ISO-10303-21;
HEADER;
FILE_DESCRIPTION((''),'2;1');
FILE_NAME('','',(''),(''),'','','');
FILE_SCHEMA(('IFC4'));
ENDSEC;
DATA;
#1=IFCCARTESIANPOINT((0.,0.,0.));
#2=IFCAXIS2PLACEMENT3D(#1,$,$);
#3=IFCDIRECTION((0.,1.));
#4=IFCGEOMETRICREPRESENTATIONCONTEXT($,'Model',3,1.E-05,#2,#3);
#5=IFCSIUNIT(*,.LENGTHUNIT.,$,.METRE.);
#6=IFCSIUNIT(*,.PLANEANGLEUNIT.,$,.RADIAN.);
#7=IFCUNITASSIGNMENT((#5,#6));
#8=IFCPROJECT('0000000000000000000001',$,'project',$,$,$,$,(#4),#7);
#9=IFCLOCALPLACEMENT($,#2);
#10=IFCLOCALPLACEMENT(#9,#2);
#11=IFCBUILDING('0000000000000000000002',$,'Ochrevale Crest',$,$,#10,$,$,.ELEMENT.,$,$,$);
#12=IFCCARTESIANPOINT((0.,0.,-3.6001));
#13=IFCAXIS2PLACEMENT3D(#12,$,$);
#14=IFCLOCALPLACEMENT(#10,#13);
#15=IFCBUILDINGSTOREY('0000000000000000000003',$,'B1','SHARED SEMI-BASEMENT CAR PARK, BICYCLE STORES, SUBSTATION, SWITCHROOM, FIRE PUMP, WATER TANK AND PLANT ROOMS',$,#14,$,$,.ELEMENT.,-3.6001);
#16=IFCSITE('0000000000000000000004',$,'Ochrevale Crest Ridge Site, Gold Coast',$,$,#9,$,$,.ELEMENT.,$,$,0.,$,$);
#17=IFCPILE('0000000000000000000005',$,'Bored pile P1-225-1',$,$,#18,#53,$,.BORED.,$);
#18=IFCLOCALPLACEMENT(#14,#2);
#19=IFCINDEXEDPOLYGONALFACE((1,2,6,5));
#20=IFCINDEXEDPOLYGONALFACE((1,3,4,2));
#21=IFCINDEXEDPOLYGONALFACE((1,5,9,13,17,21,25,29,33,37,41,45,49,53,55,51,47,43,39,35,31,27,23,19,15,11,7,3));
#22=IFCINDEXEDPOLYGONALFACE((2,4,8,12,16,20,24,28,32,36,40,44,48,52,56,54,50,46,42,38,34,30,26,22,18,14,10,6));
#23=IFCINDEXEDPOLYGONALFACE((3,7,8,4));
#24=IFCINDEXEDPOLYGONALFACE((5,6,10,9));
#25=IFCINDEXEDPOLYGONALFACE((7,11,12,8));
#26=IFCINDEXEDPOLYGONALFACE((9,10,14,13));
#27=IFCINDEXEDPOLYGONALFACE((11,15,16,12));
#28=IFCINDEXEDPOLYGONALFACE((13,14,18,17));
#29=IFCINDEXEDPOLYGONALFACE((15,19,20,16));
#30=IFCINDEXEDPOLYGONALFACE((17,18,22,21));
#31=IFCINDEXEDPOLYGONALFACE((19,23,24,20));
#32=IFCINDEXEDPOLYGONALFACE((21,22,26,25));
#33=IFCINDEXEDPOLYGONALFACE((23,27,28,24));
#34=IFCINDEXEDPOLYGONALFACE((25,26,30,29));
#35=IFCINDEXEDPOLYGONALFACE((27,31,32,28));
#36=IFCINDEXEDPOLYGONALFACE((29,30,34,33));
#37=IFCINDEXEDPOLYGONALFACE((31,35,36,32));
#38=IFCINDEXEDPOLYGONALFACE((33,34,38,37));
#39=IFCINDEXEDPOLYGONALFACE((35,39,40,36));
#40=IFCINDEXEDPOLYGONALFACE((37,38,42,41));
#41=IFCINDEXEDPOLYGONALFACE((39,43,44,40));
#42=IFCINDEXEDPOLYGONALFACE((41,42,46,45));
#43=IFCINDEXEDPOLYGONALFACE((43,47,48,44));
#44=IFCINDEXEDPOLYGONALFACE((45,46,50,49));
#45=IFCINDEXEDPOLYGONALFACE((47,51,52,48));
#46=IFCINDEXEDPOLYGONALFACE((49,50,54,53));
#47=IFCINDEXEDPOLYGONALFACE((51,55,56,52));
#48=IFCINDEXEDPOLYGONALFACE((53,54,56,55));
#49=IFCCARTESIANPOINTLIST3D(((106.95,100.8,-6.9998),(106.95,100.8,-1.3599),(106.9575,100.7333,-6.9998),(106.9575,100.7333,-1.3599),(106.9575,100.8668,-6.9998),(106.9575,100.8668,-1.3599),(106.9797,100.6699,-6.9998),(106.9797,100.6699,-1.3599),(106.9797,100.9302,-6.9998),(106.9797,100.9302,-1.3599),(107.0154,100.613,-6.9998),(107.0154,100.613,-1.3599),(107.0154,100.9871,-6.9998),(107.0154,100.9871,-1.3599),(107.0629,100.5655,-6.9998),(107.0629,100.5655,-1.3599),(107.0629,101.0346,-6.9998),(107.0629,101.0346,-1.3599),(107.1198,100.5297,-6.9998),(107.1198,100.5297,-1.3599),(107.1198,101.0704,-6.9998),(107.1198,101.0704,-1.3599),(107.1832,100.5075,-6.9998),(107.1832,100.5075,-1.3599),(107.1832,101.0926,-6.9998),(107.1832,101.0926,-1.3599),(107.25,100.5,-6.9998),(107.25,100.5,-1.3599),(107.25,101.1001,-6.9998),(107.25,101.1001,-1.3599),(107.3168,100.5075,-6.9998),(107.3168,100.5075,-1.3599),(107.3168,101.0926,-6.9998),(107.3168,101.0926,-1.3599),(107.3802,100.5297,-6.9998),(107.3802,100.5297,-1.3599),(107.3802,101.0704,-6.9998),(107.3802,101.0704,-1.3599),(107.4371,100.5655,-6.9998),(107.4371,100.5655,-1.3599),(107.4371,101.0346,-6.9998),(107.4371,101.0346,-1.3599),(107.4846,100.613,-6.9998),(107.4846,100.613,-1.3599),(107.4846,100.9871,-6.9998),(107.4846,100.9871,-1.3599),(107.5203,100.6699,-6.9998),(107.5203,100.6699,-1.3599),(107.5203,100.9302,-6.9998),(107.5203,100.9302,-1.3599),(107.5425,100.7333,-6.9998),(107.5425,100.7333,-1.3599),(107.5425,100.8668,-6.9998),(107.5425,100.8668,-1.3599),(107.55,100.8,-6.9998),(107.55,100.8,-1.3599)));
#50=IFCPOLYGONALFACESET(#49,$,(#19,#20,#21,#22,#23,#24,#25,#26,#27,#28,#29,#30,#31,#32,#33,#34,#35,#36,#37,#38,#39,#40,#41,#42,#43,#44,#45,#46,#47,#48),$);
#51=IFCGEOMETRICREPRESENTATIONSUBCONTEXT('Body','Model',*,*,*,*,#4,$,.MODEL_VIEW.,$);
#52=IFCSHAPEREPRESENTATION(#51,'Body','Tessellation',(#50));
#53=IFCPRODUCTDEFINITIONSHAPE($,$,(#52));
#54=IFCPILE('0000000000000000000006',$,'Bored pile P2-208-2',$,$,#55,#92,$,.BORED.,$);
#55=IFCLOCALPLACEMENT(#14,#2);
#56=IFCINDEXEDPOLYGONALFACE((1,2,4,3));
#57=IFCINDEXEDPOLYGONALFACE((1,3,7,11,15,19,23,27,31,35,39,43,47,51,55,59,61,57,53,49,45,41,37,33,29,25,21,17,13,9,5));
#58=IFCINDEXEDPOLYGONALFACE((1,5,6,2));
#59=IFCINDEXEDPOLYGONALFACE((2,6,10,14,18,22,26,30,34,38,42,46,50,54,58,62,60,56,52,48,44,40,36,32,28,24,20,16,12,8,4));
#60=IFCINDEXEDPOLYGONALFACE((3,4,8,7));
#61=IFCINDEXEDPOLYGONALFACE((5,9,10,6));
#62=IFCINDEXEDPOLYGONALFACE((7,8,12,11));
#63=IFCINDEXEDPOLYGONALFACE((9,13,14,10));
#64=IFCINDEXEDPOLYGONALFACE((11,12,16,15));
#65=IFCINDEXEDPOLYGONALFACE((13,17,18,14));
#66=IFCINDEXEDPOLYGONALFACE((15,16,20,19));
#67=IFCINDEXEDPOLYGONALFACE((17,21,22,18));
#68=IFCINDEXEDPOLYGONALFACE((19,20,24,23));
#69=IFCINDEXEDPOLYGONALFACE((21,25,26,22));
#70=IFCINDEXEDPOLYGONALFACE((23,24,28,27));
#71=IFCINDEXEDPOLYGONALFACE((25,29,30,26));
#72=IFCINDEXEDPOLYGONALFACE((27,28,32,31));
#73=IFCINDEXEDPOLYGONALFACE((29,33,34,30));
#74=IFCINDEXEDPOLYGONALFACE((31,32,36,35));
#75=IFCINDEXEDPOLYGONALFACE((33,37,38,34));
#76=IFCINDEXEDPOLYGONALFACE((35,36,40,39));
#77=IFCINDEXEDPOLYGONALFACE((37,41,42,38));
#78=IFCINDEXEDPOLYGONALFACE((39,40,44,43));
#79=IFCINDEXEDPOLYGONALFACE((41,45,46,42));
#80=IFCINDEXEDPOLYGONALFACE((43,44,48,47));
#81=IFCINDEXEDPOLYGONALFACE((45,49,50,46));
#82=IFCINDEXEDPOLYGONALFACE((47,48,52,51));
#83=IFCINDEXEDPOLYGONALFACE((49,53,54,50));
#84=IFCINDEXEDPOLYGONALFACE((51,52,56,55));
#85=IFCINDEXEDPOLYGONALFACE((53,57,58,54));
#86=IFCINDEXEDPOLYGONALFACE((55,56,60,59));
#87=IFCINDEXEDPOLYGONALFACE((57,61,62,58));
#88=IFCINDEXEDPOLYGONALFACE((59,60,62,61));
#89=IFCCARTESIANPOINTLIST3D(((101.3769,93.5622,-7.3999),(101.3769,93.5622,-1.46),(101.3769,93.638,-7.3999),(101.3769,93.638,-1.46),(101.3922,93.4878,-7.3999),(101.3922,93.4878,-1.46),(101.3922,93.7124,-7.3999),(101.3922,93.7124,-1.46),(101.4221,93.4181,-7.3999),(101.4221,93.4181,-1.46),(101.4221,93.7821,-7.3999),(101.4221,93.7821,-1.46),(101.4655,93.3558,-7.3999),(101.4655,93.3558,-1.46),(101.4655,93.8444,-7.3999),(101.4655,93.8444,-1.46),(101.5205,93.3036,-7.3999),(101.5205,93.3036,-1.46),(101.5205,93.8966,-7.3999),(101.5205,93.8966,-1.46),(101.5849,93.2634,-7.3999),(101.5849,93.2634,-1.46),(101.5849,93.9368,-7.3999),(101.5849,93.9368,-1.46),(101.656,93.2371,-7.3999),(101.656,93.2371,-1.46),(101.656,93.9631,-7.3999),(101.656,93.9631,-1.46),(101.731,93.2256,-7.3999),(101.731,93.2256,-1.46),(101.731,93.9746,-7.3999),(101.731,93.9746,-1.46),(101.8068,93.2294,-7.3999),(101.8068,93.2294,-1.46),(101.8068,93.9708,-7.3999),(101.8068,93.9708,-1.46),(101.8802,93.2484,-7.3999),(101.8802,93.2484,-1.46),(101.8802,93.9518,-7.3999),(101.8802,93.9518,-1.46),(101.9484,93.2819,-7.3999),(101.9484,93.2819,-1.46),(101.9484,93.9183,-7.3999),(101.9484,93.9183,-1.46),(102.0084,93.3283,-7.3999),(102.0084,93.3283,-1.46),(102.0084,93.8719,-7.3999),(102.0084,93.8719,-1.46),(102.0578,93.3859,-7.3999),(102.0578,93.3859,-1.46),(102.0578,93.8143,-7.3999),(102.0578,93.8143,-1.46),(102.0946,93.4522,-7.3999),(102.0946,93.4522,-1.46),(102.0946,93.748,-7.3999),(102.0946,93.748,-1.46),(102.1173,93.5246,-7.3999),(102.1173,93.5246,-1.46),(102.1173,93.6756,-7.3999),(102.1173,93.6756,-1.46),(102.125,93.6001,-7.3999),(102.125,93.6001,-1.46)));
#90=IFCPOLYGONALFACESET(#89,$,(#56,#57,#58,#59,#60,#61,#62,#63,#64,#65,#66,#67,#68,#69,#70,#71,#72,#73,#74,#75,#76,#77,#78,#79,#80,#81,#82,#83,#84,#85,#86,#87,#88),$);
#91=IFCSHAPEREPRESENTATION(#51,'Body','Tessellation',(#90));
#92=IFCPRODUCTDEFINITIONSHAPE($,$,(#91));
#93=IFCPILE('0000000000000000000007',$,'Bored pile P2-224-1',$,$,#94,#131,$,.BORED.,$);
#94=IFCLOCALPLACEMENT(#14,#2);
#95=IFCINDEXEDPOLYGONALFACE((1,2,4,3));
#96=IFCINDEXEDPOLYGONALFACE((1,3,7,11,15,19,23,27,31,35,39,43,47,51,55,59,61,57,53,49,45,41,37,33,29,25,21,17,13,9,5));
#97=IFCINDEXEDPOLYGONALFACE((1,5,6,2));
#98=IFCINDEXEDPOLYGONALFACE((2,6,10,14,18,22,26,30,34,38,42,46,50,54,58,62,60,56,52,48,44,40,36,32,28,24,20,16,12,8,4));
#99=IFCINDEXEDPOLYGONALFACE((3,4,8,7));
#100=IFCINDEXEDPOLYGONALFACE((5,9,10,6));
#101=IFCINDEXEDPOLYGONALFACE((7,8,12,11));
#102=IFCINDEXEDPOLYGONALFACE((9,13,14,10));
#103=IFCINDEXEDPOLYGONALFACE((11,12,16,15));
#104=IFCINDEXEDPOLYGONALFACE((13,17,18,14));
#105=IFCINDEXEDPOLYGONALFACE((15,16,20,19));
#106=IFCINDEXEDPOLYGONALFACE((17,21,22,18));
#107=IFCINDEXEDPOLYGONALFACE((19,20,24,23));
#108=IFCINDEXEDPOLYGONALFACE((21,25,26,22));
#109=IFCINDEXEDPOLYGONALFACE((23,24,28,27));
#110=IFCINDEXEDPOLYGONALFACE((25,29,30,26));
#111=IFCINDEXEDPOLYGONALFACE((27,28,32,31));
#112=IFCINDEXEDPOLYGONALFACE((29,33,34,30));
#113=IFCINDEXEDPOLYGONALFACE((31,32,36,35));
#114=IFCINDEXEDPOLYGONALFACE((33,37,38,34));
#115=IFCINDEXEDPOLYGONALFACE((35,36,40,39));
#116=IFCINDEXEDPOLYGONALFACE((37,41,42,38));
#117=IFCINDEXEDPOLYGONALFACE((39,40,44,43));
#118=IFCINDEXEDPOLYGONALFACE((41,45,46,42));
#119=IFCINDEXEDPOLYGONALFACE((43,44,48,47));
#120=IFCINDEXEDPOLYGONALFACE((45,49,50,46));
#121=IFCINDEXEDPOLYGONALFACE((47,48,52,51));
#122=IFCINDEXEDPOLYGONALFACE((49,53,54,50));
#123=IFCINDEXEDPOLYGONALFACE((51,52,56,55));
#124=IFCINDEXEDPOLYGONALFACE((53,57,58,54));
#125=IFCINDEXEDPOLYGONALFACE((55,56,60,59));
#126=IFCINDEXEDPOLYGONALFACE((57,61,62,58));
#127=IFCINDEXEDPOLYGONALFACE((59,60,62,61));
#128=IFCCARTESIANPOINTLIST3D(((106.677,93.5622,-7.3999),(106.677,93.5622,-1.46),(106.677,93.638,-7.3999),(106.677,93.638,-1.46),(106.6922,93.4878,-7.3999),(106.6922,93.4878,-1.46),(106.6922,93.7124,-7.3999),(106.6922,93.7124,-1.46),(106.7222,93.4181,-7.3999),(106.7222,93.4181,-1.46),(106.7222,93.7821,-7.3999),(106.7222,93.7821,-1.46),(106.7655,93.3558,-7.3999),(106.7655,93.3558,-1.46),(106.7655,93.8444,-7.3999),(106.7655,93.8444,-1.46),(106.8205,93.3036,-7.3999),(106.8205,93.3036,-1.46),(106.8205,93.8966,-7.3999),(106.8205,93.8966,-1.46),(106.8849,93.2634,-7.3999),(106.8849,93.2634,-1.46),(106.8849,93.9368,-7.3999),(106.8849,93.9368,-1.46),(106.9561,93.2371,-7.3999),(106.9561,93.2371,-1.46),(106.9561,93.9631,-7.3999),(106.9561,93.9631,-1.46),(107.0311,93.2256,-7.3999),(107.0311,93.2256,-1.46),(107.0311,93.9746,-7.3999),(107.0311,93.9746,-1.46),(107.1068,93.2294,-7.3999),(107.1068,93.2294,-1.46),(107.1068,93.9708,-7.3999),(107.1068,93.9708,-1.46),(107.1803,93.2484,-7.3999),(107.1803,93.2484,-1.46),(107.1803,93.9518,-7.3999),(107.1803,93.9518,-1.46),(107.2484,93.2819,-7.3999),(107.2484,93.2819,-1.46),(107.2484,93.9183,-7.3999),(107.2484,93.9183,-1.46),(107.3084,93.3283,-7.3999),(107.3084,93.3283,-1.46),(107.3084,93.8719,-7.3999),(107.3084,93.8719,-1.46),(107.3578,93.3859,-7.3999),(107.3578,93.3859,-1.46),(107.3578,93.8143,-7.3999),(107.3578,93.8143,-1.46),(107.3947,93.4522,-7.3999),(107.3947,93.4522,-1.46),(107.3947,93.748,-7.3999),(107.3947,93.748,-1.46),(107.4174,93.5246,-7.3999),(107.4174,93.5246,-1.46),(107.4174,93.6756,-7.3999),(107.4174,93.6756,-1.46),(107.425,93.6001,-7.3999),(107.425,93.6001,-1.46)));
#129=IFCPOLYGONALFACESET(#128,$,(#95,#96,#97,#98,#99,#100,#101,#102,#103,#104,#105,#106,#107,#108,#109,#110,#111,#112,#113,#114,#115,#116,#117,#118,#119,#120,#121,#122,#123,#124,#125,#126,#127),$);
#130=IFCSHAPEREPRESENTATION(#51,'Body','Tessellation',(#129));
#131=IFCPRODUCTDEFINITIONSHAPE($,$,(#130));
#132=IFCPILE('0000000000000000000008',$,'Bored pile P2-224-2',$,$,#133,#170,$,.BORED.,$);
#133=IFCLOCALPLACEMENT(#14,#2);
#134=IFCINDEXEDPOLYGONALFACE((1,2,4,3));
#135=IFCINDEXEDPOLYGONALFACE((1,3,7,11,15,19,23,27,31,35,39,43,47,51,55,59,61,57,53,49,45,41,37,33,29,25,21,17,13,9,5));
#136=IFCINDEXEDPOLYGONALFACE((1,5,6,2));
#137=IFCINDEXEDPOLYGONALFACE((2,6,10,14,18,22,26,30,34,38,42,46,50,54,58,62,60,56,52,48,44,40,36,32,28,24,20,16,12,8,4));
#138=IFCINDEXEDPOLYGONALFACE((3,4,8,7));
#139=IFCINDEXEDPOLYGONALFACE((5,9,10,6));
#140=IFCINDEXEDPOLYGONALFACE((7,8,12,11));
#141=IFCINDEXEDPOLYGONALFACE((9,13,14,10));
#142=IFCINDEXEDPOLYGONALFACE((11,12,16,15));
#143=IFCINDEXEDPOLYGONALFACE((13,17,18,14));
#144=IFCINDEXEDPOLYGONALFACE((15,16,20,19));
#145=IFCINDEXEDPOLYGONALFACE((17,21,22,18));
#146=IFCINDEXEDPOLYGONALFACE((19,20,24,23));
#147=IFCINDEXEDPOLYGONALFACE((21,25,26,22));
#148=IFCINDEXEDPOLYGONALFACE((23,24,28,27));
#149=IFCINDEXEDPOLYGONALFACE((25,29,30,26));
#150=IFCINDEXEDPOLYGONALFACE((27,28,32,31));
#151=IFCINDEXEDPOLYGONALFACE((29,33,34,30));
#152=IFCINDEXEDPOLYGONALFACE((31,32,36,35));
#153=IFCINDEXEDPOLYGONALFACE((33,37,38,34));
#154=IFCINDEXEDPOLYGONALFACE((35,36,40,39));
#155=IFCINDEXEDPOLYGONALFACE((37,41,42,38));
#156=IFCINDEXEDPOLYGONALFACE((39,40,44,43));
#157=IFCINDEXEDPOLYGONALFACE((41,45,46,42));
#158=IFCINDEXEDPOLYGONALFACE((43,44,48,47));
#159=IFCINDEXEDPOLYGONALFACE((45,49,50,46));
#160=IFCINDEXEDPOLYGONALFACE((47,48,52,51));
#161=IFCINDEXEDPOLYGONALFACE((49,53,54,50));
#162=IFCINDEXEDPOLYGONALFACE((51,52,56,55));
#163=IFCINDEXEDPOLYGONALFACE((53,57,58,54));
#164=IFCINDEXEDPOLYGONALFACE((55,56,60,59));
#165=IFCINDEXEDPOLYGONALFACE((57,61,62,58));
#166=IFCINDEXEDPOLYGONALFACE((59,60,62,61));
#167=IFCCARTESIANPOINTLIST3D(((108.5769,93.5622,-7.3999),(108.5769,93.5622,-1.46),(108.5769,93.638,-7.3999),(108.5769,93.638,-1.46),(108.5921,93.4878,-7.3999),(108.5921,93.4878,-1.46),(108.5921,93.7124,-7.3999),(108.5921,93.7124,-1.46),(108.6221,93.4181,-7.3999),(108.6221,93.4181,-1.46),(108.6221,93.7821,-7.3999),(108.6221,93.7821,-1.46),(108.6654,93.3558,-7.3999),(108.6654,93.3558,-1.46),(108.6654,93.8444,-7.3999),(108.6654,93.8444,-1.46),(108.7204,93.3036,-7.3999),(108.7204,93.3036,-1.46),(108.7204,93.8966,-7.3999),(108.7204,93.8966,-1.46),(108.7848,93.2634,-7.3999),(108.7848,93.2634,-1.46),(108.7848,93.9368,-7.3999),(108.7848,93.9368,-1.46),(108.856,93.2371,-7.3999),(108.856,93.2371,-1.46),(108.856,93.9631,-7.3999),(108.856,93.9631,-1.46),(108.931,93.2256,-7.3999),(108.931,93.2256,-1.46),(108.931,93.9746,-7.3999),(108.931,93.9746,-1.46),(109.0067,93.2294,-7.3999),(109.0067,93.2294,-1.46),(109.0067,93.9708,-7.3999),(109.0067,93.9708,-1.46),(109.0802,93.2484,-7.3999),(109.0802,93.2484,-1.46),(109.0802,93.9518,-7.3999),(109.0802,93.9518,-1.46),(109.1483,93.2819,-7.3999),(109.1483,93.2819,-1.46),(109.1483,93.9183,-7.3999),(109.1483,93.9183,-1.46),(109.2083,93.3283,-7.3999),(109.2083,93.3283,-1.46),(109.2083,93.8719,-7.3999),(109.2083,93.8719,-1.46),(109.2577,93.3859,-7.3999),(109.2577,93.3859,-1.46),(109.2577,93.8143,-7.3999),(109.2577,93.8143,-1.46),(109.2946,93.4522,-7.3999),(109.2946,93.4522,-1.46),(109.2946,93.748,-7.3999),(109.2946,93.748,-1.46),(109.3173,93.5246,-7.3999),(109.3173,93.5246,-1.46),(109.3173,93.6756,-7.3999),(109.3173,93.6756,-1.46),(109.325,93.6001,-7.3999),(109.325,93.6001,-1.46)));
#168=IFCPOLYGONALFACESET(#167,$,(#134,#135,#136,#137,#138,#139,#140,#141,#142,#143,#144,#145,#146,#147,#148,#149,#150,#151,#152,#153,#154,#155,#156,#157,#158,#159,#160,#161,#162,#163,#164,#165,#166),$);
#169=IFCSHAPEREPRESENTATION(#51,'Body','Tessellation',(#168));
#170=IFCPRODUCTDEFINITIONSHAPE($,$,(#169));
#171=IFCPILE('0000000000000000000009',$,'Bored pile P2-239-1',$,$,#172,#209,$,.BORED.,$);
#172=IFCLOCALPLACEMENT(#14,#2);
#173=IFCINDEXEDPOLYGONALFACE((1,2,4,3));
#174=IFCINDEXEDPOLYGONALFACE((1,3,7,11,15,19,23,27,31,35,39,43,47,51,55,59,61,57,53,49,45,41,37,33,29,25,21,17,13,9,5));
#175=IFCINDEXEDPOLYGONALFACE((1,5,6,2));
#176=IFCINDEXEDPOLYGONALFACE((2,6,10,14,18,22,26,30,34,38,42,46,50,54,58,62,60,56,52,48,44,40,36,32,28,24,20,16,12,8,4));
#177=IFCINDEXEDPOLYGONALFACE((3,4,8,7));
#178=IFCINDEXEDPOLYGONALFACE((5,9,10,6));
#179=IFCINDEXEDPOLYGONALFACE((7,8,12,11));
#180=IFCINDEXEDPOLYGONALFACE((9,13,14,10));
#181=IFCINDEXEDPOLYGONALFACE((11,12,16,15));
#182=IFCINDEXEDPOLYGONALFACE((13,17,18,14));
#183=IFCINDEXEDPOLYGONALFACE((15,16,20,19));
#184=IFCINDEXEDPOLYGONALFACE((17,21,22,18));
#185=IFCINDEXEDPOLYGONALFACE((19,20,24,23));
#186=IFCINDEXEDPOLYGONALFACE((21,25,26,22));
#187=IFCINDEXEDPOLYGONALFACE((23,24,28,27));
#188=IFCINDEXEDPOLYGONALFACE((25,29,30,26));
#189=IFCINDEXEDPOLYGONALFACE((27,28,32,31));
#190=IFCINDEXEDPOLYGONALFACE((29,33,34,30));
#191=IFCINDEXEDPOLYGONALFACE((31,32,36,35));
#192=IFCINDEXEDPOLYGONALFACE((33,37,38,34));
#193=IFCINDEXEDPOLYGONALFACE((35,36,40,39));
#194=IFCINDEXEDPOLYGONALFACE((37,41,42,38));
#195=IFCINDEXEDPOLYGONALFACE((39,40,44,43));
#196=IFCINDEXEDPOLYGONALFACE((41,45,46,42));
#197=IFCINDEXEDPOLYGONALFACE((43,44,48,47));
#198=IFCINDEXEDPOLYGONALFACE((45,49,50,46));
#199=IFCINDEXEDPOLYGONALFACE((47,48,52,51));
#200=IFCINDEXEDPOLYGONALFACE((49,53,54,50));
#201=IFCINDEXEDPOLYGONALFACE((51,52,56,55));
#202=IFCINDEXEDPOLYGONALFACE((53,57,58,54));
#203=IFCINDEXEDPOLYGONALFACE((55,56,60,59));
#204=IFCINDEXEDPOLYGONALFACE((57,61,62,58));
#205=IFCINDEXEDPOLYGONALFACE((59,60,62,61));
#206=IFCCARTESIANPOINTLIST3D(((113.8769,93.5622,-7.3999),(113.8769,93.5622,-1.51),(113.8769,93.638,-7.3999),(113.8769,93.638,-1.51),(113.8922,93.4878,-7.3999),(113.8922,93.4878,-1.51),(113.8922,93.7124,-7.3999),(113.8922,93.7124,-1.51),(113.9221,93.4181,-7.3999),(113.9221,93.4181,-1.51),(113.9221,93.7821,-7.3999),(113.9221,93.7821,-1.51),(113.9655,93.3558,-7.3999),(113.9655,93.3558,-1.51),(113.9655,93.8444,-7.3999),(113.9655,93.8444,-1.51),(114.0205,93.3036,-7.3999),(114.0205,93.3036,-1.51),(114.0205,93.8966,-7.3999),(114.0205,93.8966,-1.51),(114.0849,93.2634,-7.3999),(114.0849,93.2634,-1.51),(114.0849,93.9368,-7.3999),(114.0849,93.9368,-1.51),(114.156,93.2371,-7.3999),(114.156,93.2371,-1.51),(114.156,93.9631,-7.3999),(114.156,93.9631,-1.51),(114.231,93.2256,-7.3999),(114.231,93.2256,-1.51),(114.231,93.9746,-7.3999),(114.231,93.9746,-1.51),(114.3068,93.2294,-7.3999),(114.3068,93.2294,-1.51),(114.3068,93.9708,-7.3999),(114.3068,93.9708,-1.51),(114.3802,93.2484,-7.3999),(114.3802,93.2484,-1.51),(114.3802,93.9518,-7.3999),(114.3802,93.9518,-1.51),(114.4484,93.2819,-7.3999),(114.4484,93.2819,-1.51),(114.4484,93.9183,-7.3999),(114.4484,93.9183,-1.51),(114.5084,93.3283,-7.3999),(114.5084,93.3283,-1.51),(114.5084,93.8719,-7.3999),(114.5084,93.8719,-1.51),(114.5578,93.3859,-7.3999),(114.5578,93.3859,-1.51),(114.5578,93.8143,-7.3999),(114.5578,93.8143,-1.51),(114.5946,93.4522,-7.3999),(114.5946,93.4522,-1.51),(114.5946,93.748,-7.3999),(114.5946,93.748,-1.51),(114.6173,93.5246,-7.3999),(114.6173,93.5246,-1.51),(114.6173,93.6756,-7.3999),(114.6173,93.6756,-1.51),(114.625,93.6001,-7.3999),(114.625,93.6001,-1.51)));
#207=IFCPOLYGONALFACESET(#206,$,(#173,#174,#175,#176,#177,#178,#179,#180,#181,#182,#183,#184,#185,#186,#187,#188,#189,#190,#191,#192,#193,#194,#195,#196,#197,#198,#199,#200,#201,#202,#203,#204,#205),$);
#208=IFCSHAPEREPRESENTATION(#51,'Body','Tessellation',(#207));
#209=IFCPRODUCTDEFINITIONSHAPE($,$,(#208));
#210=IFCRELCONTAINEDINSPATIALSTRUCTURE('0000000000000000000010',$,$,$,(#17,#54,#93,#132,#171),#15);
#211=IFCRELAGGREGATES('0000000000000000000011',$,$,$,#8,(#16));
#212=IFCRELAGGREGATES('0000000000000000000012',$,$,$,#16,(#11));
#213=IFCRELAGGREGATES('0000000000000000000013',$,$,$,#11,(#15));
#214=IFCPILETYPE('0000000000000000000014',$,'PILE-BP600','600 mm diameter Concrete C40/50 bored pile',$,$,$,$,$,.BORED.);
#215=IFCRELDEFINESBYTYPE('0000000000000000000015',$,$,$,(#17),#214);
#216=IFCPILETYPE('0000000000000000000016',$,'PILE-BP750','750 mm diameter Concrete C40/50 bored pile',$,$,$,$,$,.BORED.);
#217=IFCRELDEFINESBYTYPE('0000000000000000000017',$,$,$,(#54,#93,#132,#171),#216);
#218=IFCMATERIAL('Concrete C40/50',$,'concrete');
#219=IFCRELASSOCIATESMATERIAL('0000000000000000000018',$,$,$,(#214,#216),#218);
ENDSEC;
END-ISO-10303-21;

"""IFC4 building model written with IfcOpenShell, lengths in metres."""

from ifc_helpers import new_model, si_unit, direction, frame, origin, origin_2d, place, context, subcontext, project, spatial, circle, extrude, material, material_profile, profile_set, type_object, element, save


model = new_model("IFC4")

# Units and contexts
model_context = context("Model", 3, precision=1e-05, world=origin(), true_north=direction((0.0, 1.0)))
body_context = subcontext(model_context, "Body", "Model", "MODEL_VIEW")
ifc_project = project(units=[si_unit("LENGTHUNIT", "METRE"), si_unit("PLANEANGLEUNIT", "RADIAN")], contexts=[model_context])

# Site, building, storey
site_placement = place(None, origin())
site = spatial("IfcSite", under=ifc_project, at=site_placement, Name="Ochrevale Crest Ridge Site, Gold Coast", CompositionType="ELEMENT", RefElevation=0.0)
building_placement = place(site_placement, origin())
building = spatial("IfcBuilding", under=site, at=building_placement, Name="Ochrevale Crest", CompositionType="ELEMENT")
storey_placement = place(building_placement, frame((0.0, 0.0, -3.6001)))
storey = spatial("IfcBuildingStorey", under=building, at=storey_placement, Name="B1", Description="SHARED SEMI-BASEMENT CAR PARK, BICYCLE STORES, SUBSTATION, SWITCHROOM, FIRE PUMP, WATER TANK AND PLANT ROOMS", CompositionType="ELEMENT", Elevation=-3.6001)

# Shared definitions
ifc_material_1 = material(Name="Concrete C40/50", Category="concrete")

# Piles
ifc_material_profile_1 = material_profile(ifc_material_1, circle(Radius=0.3, at=origin_2d()), Name="BORED PILE 600")
ifc_profile_set_1 = profile_set([ifc_material_profile_1], Name="Concrete C40/50")
pile_type_1 = type_object("IfcPileType", Name="PILE-BP600", Description="600 mm diameter Concrete C40/50 bored pile", PredefinedType="BORED", material=ifc_profile_set_1)
for number, where, z_axis, x_axis, name in (
    (1, (107.25, 100.8, -1.3599), (0.0, 0.0, -1.0), (1.0, 0.0, 0.0), "Bored pile P1-225-1"),
):
    element("IfcPile", number, at=place(storey_placement, frame(where, z_axis=z_axis, x_axis=x_axis)), inside=storey, type_object=pile_type_1, Name=name, PredefinedType="BORED", context=body_context, shape_type="SweptSolid", body=[
        extrude(circle(Radius=0.3, at=origin_2d()), origin(), (0.0, 0.0, 1.0), 5.6399),
    ])
ifc_material_profile_2 = material_profile(ifc_material_1, circle(Radius=0.375, at=origin_2d()), Name="BORED PILE 750")
ifc_profile_set_2 = profile_set([ifc_material_profile_2], Name="Concrete C40/50")
pile_type_2 = type_object("IfcPileType", Name="PILE-BP750", Description="750 mm diameter Concrete C40/50 bored pile", PredefinedType="BORED", material=ifc_profile_set_2)
for number, where, z_axis, x_axis, name in (
    (2, (101.75, 93.6001, -1.46), (0.0, 0.0, -1.0), (1.0, 0.0, 0.0), "Bored pile P2-208-2"),
    (3, (107.05, 93.6001, -1.46), (0.0, 0.0, -1.0), (1.0, 0.0, 0.0), "Bored pile P2-224-1"),
    (4, (108.95, 93.6001, -1.46), (0.0, 0.0, -1.0), (1.0, 0.0, 0.0), "Bored pile P2-224-2"),
):
    element("IfcPile", number, at=place(storey_placement, frame(where, z_axis=z_axis, x_axis=x_axis)), inside=storey, type_object=pile_type_2, Name=name, PredefinedType="BORED", context=body_context, shape_type="SweptSolid", body=[
        extrude(circle(Radius=0.375, at=origin_2d()), origin(), (0.0, 0.0, 1.0), 5.9399),
    ])
for number, where, z_axis, x_axis, name in (
    (5, (114.25, 93.6001, -1.51), (0.0, 0.0, -1.0), (1.0, 0.0, 0.0), "Bored pile P2-239-1"),
):
    element("IfcPile", number, at=place(storey_placement, frame(where, z_axis=z_axis, x_axis=x_axis)), inside=storey, type_object=pile_type_2, Name=name, PredefinedType="BORED", context=body_context, shape_type="SweptSolid", body=[
        extrude(circle(Radius=0.375, at=origin_2d()), origin(), (0.0, 0.0, 1.0), 5.8899),
    ])

save(model, "model.ifc")
